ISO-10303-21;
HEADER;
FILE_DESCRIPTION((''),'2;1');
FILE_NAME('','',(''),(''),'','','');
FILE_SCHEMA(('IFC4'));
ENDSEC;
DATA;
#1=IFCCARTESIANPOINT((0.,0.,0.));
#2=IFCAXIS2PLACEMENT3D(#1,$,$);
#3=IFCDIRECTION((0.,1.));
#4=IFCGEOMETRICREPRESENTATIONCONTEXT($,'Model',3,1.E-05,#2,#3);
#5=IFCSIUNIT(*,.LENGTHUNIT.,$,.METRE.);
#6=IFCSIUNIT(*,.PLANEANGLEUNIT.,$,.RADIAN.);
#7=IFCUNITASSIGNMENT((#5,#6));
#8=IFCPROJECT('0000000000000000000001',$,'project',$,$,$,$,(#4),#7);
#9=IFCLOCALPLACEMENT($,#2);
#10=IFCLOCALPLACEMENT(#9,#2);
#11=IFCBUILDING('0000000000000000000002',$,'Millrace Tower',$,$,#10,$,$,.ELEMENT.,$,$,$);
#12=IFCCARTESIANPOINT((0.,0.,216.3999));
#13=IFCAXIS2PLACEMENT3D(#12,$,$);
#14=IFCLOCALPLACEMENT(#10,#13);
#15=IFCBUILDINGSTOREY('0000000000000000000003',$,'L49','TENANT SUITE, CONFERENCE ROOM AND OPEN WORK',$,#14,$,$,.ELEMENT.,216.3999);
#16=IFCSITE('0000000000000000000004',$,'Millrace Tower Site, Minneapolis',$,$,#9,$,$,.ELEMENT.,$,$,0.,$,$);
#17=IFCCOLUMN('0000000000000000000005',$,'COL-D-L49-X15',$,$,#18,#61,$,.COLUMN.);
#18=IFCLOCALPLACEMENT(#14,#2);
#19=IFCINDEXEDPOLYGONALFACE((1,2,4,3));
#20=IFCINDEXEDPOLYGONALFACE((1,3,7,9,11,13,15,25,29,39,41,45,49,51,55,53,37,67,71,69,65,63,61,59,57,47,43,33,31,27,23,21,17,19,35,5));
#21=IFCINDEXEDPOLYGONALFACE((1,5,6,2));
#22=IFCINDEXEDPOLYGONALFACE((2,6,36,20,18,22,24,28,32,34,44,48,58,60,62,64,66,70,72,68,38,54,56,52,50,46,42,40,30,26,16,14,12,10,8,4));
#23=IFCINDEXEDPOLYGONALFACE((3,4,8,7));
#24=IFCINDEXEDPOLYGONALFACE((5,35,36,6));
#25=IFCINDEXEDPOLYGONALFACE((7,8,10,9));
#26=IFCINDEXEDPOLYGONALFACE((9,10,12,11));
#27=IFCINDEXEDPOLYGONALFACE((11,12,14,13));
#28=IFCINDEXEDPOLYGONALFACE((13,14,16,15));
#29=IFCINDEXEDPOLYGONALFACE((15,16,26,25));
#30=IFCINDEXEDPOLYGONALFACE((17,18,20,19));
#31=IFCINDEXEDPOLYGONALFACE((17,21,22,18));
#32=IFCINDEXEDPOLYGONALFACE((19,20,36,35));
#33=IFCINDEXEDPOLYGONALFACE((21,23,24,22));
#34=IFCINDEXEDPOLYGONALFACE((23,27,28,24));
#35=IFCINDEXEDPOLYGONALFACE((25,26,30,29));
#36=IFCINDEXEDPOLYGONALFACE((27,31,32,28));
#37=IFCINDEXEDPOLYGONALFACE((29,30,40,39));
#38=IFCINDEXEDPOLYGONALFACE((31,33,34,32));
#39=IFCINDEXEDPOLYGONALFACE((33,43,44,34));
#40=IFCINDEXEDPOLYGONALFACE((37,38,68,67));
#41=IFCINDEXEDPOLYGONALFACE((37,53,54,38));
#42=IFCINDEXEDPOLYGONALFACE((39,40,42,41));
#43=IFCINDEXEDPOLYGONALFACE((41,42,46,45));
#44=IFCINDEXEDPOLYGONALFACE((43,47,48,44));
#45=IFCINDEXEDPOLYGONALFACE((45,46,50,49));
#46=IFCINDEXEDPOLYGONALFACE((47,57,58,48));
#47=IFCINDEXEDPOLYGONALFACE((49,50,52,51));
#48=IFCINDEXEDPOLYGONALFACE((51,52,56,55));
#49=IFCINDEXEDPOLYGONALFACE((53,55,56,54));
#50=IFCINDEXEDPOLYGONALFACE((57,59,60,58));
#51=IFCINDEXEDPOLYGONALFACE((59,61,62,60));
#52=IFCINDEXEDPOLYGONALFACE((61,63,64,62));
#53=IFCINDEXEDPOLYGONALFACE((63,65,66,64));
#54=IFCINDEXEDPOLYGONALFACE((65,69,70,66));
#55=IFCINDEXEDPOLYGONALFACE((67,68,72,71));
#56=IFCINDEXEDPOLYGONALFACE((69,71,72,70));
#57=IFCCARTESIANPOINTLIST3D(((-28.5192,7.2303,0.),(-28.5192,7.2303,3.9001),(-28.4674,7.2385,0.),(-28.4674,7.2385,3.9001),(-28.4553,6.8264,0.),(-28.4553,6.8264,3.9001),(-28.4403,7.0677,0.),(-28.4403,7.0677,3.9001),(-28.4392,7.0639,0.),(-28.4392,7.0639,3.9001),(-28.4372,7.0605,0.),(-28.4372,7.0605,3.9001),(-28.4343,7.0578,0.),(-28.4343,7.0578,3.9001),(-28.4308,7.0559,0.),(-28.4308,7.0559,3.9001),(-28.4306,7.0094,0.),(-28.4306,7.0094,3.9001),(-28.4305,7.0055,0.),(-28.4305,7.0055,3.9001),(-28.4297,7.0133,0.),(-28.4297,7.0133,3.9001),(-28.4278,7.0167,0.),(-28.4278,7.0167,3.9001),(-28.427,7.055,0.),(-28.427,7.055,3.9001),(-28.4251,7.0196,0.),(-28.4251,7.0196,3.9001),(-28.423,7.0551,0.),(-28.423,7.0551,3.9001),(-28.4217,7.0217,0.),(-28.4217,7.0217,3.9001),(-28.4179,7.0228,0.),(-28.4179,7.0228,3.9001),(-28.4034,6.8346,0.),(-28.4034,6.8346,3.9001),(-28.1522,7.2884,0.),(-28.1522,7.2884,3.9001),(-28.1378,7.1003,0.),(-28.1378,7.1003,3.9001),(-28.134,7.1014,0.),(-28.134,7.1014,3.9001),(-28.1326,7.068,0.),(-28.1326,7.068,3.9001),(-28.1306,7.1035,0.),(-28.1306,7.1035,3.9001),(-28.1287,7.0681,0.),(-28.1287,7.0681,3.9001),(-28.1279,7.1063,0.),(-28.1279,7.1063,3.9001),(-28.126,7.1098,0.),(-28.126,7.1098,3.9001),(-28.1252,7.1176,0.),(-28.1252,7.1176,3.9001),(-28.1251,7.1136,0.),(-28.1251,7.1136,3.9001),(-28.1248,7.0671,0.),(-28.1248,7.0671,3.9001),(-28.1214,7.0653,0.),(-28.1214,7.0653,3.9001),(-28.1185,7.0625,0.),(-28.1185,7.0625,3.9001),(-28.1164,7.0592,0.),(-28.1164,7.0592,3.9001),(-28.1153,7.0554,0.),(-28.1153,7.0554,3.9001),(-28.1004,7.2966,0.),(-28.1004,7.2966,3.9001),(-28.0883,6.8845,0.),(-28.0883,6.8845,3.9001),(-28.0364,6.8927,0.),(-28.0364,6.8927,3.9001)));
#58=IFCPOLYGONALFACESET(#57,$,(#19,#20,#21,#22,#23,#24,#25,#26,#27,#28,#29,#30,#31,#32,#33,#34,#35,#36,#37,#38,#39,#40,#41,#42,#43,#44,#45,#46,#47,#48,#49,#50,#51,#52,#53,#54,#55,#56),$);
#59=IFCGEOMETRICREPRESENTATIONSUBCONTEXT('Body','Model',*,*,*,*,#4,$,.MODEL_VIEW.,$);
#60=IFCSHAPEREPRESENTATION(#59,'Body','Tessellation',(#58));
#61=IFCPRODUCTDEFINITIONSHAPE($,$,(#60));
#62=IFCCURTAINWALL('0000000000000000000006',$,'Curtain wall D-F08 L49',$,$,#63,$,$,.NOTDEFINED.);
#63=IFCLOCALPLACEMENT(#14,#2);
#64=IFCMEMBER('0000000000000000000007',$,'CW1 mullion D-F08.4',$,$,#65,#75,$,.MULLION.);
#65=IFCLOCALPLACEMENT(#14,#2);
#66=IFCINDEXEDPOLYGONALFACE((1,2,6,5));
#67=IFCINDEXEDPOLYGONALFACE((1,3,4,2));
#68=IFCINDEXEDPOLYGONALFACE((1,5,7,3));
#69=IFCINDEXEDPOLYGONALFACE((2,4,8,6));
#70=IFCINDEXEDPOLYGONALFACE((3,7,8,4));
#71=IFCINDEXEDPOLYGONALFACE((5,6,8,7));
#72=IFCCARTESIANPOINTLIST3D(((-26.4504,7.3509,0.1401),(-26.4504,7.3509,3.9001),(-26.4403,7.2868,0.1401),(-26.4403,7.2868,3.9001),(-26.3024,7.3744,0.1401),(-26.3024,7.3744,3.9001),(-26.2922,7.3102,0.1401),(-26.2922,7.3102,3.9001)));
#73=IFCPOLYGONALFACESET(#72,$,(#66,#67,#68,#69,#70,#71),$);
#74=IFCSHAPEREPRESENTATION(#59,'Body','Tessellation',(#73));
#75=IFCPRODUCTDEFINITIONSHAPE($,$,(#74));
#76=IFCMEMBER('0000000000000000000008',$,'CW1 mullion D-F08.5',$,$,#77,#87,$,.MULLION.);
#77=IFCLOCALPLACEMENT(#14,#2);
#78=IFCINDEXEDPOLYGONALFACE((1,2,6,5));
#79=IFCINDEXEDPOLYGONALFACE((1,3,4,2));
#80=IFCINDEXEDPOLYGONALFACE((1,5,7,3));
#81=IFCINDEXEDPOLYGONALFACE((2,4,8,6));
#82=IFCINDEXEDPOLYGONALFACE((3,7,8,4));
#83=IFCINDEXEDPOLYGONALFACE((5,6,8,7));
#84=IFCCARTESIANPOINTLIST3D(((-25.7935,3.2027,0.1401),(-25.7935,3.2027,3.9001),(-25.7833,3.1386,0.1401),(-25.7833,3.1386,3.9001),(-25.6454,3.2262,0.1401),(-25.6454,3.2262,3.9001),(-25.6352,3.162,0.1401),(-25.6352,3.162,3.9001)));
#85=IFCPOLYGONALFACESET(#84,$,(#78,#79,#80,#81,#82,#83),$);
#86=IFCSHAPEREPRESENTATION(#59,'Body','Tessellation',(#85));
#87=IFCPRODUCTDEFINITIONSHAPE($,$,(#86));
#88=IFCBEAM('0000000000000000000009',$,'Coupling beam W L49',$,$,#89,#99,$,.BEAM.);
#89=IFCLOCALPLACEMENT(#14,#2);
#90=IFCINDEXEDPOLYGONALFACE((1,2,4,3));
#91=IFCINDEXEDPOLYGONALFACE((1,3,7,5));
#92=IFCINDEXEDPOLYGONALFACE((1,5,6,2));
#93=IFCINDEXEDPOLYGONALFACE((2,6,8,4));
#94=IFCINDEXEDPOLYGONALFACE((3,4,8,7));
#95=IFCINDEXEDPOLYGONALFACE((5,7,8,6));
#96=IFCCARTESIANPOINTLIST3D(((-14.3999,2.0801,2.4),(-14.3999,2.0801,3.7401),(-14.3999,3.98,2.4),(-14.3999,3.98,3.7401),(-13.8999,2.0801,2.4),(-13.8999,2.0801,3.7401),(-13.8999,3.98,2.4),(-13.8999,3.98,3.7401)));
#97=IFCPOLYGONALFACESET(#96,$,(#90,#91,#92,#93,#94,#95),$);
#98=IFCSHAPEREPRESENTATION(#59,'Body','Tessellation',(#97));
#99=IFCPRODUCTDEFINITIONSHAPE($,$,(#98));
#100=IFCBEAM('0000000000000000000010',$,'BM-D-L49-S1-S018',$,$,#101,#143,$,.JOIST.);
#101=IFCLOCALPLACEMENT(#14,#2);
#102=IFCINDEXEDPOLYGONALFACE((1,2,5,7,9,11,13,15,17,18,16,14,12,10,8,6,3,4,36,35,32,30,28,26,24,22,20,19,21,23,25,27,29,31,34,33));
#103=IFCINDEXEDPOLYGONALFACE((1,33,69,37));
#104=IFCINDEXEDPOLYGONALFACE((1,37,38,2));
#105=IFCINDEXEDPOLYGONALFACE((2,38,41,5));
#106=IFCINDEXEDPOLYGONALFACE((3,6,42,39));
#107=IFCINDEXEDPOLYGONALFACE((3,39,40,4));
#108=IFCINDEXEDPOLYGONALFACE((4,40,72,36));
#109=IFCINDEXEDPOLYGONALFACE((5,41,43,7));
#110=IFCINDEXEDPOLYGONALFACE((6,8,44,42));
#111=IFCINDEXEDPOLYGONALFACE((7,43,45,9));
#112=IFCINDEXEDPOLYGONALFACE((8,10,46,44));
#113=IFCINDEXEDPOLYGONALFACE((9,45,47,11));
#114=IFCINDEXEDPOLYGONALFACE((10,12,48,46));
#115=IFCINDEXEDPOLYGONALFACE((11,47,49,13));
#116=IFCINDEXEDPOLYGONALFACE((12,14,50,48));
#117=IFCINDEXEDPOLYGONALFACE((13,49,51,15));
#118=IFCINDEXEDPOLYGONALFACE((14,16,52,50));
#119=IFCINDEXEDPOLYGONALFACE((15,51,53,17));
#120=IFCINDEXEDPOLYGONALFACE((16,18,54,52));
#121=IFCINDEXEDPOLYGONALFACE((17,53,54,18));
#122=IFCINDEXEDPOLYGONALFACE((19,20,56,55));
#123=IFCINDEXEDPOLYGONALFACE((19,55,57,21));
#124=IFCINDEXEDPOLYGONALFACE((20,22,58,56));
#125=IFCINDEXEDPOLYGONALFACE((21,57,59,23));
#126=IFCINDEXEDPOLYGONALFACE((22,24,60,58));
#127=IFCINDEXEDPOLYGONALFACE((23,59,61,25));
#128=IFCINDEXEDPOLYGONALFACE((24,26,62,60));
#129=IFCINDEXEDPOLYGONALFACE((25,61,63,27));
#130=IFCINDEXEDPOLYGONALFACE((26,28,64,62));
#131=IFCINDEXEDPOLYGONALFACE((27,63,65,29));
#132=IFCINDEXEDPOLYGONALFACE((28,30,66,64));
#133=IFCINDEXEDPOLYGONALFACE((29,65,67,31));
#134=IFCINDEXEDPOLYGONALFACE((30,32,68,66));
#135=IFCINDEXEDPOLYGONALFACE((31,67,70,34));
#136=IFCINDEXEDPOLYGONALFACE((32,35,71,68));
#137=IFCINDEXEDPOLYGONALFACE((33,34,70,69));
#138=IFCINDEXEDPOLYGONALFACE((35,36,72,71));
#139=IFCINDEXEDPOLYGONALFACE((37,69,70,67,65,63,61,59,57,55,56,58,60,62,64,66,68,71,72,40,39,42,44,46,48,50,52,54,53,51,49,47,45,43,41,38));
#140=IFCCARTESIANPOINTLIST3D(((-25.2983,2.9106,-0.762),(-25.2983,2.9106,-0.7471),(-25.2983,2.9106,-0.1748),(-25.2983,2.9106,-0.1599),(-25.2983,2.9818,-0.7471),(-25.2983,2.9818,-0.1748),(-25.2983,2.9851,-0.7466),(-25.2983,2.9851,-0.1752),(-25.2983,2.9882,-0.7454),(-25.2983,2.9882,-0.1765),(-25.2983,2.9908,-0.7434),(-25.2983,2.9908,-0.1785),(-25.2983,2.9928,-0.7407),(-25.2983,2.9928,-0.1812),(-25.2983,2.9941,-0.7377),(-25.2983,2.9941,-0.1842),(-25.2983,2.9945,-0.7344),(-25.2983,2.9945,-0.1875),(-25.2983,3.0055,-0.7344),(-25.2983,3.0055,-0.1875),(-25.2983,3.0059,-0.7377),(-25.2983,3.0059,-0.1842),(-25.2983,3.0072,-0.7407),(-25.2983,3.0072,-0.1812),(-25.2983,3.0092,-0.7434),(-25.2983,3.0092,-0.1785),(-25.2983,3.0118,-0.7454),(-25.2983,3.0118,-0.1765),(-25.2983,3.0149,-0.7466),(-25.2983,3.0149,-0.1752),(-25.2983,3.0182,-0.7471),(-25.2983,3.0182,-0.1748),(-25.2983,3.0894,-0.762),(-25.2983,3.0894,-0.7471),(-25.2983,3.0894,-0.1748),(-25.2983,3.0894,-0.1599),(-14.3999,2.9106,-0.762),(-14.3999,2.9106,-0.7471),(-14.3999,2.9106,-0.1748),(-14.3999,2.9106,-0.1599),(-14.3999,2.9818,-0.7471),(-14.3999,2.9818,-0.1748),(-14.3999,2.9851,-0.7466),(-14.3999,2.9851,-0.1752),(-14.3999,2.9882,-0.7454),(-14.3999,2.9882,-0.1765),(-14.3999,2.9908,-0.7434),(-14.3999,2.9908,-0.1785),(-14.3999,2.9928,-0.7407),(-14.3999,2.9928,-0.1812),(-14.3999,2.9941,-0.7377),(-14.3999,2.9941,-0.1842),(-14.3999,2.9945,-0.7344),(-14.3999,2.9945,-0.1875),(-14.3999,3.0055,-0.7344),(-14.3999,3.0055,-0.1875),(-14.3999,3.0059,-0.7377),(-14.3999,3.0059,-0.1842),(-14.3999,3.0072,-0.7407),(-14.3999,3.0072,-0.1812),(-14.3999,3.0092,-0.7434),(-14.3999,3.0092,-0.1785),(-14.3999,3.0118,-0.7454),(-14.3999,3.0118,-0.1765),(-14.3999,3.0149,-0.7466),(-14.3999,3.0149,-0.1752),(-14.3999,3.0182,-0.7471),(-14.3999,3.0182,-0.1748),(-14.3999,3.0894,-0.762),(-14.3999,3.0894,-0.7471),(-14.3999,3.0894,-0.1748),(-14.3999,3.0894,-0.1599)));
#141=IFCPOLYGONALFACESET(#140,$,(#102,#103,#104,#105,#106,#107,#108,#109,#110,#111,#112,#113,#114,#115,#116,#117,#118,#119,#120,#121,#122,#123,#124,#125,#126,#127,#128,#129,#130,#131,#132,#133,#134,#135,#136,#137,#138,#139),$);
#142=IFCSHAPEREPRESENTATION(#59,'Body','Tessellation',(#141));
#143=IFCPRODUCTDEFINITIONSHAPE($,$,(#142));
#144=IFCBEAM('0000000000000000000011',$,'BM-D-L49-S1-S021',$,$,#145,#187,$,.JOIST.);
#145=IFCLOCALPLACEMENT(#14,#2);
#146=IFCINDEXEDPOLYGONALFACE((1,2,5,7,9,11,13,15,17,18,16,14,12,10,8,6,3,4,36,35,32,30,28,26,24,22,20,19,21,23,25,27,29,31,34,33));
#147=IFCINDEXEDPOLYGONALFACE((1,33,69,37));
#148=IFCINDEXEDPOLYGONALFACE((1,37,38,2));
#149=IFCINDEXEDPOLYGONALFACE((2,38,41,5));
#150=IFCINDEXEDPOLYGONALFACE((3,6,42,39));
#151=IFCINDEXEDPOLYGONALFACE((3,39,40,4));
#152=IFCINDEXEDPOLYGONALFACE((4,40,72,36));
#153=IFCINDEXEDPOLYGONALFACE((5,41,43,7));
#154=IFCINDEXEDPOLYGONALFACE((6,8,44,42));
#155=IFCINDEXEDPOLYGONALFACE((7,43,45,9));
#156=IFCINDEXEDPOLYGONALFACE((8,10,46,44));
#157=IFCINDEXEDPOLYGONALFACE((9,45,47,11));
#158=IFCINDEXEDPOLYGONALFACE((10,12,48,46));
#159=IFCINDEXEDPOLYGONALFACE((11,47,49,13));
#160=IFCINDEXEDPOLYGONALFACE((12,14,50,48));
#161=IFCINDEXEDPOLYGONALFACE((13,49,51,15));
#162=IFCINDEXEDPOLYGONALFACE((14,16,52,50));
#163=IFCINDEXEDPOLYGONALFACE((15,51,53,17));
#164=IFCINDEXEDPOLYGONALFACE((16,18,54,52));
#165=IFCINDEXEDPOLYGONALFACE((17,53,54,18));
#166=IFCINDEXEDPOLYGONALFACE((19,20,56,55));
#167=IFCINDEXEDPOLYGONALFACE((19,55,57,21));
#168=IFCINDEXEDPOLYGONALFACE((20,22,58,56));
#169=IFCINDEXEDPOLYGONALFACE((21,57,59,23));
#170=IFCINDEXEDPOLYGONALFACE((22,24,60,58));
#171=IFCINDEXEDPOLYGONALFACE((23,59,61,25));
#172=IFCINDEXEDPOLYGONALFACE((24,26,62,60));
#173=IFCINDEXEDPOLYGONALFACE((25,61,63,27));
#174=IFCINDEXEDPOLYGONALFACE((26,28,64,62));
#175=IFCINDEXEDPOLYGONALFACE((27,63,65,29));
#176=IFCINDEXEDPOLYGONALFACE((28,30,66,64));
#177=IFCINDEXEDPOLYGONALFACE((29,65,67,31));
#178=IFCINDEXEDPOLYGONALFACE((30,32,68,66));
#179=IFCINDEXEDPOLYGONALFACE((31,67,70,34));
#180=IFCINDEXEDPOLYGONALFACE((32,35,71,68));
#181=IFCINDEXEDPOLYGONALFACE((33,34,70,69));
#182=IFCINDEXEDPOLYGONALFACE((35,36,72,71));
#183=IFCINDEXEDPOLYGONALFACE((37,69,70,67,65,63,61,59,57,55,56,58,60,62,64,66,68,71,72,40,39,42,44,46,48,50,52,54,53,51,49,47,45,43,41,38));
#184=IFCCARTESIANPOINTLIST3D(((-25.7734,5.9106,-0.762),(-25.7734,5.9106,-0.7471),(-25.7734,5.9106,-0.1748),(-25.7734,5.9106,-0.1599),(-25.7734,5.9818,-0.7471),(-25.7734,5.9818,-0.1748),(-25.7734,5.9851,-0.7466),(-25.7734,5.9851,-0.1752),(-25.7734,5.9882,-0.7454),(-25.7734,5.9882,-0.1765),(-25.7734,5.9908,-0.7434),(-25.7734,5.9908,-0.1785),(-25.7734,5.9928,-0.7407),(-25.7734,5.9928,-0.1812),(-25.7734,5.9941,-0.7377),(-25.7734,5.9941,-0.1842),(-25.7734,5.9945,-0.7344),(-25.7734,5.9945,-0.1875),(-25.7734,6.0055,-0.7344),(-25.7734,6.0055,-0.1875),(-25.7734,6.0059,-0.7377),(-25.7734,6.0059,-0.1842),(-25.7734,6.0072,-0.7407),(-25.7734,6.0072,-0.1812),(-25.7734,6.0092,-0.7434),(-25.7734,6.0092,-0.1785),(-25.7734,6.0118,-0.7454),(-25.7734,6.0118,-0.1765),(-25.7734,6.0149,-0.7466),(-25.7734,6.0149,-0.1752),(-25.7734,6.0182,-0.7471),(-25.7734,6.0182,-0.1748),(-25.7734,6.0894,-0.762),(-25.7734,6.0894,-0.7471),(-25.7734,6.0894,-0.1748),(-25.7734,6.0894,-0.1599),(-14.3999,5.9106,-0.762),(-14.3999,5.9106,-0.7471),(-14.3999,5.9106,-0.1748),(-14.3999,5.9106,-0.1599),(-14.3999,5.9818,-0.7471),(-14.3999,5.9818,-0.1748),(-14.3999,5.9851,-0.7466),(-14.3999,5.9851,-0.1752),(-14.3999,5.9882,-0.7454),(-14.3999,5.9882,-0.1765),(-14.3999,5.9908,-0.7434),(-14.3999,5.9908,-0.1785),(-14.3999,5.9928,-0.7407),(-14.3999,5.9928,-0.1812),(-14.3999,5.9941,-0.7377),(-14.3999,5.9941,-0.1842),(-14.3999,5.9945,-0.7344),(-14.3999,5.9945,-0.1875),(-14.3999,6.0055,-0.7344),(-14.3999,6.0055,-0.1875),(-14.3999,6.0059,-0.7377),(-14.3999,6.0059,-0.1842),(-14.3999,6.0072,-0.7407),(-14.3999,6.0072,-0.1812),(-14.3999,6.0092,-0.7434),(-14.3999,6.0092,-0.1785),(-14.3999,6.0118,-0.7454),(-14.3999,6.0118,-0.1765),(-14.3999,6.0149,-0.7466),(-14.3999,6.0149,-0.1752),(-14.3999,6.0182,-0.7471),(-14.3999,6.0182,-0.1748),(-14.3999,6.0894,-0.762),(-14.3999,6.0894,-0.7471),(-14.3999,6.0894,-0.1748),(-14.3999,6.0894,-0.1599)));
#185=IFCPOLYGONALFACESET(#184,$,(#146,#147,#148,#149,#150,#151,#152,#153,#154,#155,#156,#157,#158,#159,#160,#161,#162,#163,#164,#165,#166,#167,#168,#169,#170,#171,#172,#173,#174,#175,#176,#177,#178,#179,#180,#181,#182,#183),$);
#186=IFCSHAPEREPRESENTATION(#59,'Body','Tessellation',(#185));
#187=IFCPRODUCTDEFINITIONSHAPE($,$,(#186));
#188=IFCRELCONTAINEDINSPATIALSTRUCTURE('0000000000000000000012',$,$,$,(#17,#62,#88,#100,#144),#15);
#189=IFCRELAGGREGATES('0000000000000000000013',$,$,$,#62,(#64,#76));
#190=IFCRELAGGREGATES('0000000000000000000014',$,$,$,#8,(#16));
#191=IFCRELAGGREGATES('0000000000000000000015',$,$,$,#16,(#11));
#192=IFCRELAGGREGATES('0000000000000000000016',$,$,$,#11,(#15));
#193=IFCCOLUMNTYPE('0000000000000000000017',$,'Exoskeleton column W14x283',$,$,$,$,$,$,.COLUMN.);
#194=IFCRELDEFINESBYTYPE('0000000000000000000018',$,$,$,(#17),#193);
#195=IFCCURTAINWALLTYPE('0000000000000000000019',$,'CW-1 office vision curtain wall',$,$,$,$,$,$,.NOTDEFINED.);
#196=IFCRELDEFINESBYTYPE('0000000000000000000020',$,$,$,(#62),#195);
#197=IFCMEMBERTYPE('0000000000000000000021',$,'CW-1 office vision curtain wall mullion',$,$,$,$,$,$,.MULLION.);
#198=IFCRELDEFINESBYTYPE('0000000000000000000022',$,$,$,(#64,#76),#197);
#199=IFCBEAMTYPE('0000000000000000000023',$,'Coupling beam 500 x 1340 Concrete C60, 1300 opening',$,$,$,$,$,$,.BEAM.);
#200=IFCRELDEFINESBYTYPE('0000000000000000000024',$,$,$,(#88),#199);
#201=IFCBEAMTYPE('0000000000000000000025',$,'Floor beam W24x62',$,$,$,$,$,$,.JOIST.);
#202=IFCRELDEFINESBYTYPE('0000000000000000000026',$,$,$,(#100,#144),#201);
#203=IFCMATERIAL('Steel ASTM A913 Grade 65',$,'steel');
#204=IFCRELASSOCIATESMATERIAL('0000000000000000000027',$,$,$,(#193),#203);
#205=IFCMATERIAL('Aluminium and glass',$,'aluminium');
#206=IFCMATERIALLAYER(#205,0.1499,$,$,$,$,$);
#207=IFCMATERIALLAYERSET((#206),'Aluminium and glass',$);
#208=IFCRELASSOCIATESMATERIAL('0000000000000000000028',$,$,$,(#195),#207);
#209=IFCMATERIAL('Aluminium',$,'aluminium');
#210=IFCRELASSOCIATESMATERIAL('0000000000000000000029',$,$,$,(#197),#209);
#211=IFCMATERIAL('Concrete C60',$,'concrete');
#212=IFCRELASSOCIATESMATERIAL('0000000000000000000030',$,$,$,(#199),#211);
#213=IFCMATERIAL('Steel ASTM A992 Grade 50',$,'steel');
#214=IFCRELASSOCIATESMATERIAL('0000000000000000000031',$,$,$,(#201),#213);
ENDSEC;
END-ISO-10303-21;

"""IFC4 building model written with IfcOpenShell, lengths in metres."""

from ifc_helpers import new_model, si_unit, direction, frame, origin, origin_2d, place, context, subcontext, project, spatial, rectangle, i_section, extrude, material, layer, layer_set, material_profile, profile_set, type_object, element, aggregate, save


model = new_model("IFC4")

# Units and contexts
model_context = context("Model", 3, precision=1e-05, world=origin(), true_north=direction((0.0, 1.0)))
body_context = subcontext(model_context, "Body", "Model", "MODEL_VIEW")
ifc_project = project(units=[si_unit("LENGTHUNIT", "METRE"), si_unit("PLANEANGLEUNIT", "RADIAN")], contexts=[model_context])

# Site, building, storey
site_placement = place(None, origin())
site = spatial("IfcSite", under=ifc_project, at=site_placement, Name="Millrace Tower Site, Minneapolis", CompositionType="ELEMENT", RefElevation=0.0)
building_placement = place(site_placement, origin())
building = spatial("IfcBuilding", under=site, at=building_placement, Name="Millrace Tower", CompositionType="ELEMENT")
storey_placement = place(building_placement, frame((0.0, 0.0, 216.3999)))
storey = spatial("IfcBuildingStorey", under=building, at=storey_placement, Name="L49", Description="TENANT SUITE, CONFERENCE ROOM AND OPEN WORK", CompositionType="ELEMENT", Elevation=216.3999)

# Column
ifc_material_1 = material(Name="Steel ASTM A913 Grade 65", Category="steel")
ifc_material_profile_1 = material_profile(ifc_material_1, i_section(OverallWidth=0.4089, OverallDepth=0.4241, WebThickness=0.0327, FlangeThickness=0.0525, FilletRadius=0.0151, at=origin_2d()))
ifc_profile_set_1 = profile_set([ifc_material_profile_1], Name="Steel ASTM A913 Grade 65")
column_type = type_object("IfcColumnType", Name="Exoskeleton column W14x283", PredefinedType="COLUMN", material=ifc_profile_set_1)
column_placement = place(storey_placement, frame((-28.2778, 7.0615, 0.0), z_axis=(0.0, 0.0, 1.0), x_axis=(0.156434, -0.987688, 0.0)))
element("IfcColumn", 1, at=column_placement, inside=storey, type_object=column_type, Name="COL-D-L49-X15", PredefinedType="COLUMN", context=body_context, shape_type="SweptSolid", body=[
    extrude(i_section(OverallWidth=0.4089, OverallDepth=0.4241, WebThickness=0.0327, FlangeThickness=0.0525, FilletRadius=0.0151, at=origin_2d()), origin(), (0.0, 0.0, 1.0), 3.9001),
])

# Curtain wall, members
ifc_material_2 = material(Name="Aluminium and glass", Category="aluminium")
ifc_layer_1 = layer(ifc_material_2, 0.1499)
ifc_layer_set_1 = layer_set([ifc_layer_1], Name="Aluminium and glass")
curtain_wall_type = type_object("IfcCurtainWallType", Name="CW-1 office vision curtain wall", PredefinedType="NOTDEFINED", material=ifc_layer_set_1)
placement = place(storey_placement, origin())
curtain_wall = element("IfcCurtainWall", 2, at=placement, inside=storey, type_object=curtain_wall_type, Name="Curtain wall D-F08 L49", PredefinedType="NOTDEFINED")
ifc_material_3 = material(Name="Aluminium", Category="aluminium")
ifc_material_profile_2 = material_profile(ifc_material_3, rectangle(XDim=0.0649, YDim=0.1499, at=origin_2d()))
ifc_profile_set_2 = profile_set([ifc_material_profile_2], Name="Aluminium")
member_type = type_object("IfcMemberType", Name="CW-1 office vision curtain wall mullion", PredefinedType="MULLION", material=ifc_profile_set_2)
member_1_placement = place(storey_placement, frame((-26.3713, 7.3306, 0.1401), z_axis=(0.0, 0.0, 1.0), x_axis=(0.156434, -0.987688, 0.0)))
member_1 = element("IfcMember", 3, at=member_1_placement, type_object=member_type, Name="CW1 mullion D-F08.4", PredefinedType="MULLION", context=body_context, shape_type="SweptSolid", body=[
    extrude(rectangle(XDim=0.0649, YDim=0.1499, at=origin_2d()), origin(), (0.0, 0.0, 1.0), 3.76),
])
member_2_placement = place(storey_placement, frame((-25.7144, 3.1824, 0.1401), z_axis=(0.0, 0.0, 1.0), x_axis=(0.156434, -0.987688, 0.0)))
member_2 = element("IfcMember", 4, at=member_2_placement, type_object=member_type, Name="CW1 mullion D-F08.5", PredefinedType="MULLION", context=body_context, shape_type="SweptSolid", body=[
    extrude(rectangle(XDim=0.0649, YDim=0.1499, at=origin_2d()), origin(), (0.0, 0.0, 1.0), 3.76),
])
aggregate(curtain_wall, [member_1, member_2])

# Beams
ifc_material_4 = material(Name="Concrete C60", Category="concrete")
ifc_material_profile_3 = material_profile(ifc_material_4, rectangle(XDim=0.5, YDim=1.3401, at=origin_2d()))
ifc_profile_set_3 = profile_set([ifc_material_profile_3], Name="Concrete C60")
beam_type_1 = type_object("IfcBeamType", Name="Coupling beam 500 x 1340 Concrete C60, 1300 opening", PredefinedType="BEAM", material=ifc_profile_set_3)
beam_1_placement = place(storey_placement, frame((-14.1499, 2.0801, 3.0701), z_axis=(0.0, 1.0, 0.0), x_axis=(-1.0, 0.0, 0.0)))
element("IfcBeam", 5, at=beam_1_placement, inside=storey, type_object=beam_type_1, Name="Coupling beam W L49", PredefinedType="BEAM", context=body_context, shape_type="SweptSolid", body=[
    extrude(rectangle(XDim=0.5, YDim=1.3401, at=origin_2d()), origin(), (0.0, 0.0, 1.0), 1.8999),
])
ifc_material_5 = material(Name="Steel ASTM A992 Grade 50", Category="steel")
ifc_material_profile_4 = material_profile(ifc_material_5, i_section(OverallWidth=0.1787, OverallDepth=0.6021, WebThickness=0.011, FlangeThickness=0.0149, FilletRadius=0.0127, at=origin_2d()))
ifc_profile_set_4 = profile_set([ifc_material_profile_4], Name="Steel ASTM A992 Grade 50")
beam_type_2 = type_object("IfcBeamType", Name="Floor beam W24x62", PredefinedType="JOIST", material=ifc_profile_set_4)
beam_2_placement = place(storey_placement, frame((-25.2983, 3.0, -0.4609), z_axis=(1.0, 0.0, 0.0), x_axis=(0.0, 1.0, 0.0)))
element("IfcBeam", 6, at=beam_2_placement, inside=storey, type_object=beam_type_2, Name="BM-D-L49-S1-S018", PredefinedType="JOIST", context=body_context, shape_type="SweptSolid", body=[
    extrude(i_section(OverallWidth=0.1787, OverallDepth=0.6021, WebThickness=0.011, FlangeThickness=0.0149, FilletRadius=0.0127, at=origin_2d()), origin(), (0.0, 0.0, 1.0), 10.8984),
])
beam_3_placement = place(storey_placement, frame((-25.7734, 6.0, -0.4609), z_axis=(1.0, 0.0, 0.0), x_axis=(0.0, 1.0, 0.0)))
element("IfcBeam", 7, at=beam_3_placement, inside=storey, type_object=beam_type_2, Name="BM-D-L49-S1-S021", PredefinedType="JOIST", context=body_context, shape_type="SweptSolid", body=[
    extrude(i_section(OverallWidth=0.1787, OverallDepth=0.6021, WebThickness=0.011, FlangeThickness=0.0149, FilletRadius=0.0127, at=origin_2d()), origin(), (0.0, 0.0, 1.0), 11.3735),
])

save(model, "model.ifc")
